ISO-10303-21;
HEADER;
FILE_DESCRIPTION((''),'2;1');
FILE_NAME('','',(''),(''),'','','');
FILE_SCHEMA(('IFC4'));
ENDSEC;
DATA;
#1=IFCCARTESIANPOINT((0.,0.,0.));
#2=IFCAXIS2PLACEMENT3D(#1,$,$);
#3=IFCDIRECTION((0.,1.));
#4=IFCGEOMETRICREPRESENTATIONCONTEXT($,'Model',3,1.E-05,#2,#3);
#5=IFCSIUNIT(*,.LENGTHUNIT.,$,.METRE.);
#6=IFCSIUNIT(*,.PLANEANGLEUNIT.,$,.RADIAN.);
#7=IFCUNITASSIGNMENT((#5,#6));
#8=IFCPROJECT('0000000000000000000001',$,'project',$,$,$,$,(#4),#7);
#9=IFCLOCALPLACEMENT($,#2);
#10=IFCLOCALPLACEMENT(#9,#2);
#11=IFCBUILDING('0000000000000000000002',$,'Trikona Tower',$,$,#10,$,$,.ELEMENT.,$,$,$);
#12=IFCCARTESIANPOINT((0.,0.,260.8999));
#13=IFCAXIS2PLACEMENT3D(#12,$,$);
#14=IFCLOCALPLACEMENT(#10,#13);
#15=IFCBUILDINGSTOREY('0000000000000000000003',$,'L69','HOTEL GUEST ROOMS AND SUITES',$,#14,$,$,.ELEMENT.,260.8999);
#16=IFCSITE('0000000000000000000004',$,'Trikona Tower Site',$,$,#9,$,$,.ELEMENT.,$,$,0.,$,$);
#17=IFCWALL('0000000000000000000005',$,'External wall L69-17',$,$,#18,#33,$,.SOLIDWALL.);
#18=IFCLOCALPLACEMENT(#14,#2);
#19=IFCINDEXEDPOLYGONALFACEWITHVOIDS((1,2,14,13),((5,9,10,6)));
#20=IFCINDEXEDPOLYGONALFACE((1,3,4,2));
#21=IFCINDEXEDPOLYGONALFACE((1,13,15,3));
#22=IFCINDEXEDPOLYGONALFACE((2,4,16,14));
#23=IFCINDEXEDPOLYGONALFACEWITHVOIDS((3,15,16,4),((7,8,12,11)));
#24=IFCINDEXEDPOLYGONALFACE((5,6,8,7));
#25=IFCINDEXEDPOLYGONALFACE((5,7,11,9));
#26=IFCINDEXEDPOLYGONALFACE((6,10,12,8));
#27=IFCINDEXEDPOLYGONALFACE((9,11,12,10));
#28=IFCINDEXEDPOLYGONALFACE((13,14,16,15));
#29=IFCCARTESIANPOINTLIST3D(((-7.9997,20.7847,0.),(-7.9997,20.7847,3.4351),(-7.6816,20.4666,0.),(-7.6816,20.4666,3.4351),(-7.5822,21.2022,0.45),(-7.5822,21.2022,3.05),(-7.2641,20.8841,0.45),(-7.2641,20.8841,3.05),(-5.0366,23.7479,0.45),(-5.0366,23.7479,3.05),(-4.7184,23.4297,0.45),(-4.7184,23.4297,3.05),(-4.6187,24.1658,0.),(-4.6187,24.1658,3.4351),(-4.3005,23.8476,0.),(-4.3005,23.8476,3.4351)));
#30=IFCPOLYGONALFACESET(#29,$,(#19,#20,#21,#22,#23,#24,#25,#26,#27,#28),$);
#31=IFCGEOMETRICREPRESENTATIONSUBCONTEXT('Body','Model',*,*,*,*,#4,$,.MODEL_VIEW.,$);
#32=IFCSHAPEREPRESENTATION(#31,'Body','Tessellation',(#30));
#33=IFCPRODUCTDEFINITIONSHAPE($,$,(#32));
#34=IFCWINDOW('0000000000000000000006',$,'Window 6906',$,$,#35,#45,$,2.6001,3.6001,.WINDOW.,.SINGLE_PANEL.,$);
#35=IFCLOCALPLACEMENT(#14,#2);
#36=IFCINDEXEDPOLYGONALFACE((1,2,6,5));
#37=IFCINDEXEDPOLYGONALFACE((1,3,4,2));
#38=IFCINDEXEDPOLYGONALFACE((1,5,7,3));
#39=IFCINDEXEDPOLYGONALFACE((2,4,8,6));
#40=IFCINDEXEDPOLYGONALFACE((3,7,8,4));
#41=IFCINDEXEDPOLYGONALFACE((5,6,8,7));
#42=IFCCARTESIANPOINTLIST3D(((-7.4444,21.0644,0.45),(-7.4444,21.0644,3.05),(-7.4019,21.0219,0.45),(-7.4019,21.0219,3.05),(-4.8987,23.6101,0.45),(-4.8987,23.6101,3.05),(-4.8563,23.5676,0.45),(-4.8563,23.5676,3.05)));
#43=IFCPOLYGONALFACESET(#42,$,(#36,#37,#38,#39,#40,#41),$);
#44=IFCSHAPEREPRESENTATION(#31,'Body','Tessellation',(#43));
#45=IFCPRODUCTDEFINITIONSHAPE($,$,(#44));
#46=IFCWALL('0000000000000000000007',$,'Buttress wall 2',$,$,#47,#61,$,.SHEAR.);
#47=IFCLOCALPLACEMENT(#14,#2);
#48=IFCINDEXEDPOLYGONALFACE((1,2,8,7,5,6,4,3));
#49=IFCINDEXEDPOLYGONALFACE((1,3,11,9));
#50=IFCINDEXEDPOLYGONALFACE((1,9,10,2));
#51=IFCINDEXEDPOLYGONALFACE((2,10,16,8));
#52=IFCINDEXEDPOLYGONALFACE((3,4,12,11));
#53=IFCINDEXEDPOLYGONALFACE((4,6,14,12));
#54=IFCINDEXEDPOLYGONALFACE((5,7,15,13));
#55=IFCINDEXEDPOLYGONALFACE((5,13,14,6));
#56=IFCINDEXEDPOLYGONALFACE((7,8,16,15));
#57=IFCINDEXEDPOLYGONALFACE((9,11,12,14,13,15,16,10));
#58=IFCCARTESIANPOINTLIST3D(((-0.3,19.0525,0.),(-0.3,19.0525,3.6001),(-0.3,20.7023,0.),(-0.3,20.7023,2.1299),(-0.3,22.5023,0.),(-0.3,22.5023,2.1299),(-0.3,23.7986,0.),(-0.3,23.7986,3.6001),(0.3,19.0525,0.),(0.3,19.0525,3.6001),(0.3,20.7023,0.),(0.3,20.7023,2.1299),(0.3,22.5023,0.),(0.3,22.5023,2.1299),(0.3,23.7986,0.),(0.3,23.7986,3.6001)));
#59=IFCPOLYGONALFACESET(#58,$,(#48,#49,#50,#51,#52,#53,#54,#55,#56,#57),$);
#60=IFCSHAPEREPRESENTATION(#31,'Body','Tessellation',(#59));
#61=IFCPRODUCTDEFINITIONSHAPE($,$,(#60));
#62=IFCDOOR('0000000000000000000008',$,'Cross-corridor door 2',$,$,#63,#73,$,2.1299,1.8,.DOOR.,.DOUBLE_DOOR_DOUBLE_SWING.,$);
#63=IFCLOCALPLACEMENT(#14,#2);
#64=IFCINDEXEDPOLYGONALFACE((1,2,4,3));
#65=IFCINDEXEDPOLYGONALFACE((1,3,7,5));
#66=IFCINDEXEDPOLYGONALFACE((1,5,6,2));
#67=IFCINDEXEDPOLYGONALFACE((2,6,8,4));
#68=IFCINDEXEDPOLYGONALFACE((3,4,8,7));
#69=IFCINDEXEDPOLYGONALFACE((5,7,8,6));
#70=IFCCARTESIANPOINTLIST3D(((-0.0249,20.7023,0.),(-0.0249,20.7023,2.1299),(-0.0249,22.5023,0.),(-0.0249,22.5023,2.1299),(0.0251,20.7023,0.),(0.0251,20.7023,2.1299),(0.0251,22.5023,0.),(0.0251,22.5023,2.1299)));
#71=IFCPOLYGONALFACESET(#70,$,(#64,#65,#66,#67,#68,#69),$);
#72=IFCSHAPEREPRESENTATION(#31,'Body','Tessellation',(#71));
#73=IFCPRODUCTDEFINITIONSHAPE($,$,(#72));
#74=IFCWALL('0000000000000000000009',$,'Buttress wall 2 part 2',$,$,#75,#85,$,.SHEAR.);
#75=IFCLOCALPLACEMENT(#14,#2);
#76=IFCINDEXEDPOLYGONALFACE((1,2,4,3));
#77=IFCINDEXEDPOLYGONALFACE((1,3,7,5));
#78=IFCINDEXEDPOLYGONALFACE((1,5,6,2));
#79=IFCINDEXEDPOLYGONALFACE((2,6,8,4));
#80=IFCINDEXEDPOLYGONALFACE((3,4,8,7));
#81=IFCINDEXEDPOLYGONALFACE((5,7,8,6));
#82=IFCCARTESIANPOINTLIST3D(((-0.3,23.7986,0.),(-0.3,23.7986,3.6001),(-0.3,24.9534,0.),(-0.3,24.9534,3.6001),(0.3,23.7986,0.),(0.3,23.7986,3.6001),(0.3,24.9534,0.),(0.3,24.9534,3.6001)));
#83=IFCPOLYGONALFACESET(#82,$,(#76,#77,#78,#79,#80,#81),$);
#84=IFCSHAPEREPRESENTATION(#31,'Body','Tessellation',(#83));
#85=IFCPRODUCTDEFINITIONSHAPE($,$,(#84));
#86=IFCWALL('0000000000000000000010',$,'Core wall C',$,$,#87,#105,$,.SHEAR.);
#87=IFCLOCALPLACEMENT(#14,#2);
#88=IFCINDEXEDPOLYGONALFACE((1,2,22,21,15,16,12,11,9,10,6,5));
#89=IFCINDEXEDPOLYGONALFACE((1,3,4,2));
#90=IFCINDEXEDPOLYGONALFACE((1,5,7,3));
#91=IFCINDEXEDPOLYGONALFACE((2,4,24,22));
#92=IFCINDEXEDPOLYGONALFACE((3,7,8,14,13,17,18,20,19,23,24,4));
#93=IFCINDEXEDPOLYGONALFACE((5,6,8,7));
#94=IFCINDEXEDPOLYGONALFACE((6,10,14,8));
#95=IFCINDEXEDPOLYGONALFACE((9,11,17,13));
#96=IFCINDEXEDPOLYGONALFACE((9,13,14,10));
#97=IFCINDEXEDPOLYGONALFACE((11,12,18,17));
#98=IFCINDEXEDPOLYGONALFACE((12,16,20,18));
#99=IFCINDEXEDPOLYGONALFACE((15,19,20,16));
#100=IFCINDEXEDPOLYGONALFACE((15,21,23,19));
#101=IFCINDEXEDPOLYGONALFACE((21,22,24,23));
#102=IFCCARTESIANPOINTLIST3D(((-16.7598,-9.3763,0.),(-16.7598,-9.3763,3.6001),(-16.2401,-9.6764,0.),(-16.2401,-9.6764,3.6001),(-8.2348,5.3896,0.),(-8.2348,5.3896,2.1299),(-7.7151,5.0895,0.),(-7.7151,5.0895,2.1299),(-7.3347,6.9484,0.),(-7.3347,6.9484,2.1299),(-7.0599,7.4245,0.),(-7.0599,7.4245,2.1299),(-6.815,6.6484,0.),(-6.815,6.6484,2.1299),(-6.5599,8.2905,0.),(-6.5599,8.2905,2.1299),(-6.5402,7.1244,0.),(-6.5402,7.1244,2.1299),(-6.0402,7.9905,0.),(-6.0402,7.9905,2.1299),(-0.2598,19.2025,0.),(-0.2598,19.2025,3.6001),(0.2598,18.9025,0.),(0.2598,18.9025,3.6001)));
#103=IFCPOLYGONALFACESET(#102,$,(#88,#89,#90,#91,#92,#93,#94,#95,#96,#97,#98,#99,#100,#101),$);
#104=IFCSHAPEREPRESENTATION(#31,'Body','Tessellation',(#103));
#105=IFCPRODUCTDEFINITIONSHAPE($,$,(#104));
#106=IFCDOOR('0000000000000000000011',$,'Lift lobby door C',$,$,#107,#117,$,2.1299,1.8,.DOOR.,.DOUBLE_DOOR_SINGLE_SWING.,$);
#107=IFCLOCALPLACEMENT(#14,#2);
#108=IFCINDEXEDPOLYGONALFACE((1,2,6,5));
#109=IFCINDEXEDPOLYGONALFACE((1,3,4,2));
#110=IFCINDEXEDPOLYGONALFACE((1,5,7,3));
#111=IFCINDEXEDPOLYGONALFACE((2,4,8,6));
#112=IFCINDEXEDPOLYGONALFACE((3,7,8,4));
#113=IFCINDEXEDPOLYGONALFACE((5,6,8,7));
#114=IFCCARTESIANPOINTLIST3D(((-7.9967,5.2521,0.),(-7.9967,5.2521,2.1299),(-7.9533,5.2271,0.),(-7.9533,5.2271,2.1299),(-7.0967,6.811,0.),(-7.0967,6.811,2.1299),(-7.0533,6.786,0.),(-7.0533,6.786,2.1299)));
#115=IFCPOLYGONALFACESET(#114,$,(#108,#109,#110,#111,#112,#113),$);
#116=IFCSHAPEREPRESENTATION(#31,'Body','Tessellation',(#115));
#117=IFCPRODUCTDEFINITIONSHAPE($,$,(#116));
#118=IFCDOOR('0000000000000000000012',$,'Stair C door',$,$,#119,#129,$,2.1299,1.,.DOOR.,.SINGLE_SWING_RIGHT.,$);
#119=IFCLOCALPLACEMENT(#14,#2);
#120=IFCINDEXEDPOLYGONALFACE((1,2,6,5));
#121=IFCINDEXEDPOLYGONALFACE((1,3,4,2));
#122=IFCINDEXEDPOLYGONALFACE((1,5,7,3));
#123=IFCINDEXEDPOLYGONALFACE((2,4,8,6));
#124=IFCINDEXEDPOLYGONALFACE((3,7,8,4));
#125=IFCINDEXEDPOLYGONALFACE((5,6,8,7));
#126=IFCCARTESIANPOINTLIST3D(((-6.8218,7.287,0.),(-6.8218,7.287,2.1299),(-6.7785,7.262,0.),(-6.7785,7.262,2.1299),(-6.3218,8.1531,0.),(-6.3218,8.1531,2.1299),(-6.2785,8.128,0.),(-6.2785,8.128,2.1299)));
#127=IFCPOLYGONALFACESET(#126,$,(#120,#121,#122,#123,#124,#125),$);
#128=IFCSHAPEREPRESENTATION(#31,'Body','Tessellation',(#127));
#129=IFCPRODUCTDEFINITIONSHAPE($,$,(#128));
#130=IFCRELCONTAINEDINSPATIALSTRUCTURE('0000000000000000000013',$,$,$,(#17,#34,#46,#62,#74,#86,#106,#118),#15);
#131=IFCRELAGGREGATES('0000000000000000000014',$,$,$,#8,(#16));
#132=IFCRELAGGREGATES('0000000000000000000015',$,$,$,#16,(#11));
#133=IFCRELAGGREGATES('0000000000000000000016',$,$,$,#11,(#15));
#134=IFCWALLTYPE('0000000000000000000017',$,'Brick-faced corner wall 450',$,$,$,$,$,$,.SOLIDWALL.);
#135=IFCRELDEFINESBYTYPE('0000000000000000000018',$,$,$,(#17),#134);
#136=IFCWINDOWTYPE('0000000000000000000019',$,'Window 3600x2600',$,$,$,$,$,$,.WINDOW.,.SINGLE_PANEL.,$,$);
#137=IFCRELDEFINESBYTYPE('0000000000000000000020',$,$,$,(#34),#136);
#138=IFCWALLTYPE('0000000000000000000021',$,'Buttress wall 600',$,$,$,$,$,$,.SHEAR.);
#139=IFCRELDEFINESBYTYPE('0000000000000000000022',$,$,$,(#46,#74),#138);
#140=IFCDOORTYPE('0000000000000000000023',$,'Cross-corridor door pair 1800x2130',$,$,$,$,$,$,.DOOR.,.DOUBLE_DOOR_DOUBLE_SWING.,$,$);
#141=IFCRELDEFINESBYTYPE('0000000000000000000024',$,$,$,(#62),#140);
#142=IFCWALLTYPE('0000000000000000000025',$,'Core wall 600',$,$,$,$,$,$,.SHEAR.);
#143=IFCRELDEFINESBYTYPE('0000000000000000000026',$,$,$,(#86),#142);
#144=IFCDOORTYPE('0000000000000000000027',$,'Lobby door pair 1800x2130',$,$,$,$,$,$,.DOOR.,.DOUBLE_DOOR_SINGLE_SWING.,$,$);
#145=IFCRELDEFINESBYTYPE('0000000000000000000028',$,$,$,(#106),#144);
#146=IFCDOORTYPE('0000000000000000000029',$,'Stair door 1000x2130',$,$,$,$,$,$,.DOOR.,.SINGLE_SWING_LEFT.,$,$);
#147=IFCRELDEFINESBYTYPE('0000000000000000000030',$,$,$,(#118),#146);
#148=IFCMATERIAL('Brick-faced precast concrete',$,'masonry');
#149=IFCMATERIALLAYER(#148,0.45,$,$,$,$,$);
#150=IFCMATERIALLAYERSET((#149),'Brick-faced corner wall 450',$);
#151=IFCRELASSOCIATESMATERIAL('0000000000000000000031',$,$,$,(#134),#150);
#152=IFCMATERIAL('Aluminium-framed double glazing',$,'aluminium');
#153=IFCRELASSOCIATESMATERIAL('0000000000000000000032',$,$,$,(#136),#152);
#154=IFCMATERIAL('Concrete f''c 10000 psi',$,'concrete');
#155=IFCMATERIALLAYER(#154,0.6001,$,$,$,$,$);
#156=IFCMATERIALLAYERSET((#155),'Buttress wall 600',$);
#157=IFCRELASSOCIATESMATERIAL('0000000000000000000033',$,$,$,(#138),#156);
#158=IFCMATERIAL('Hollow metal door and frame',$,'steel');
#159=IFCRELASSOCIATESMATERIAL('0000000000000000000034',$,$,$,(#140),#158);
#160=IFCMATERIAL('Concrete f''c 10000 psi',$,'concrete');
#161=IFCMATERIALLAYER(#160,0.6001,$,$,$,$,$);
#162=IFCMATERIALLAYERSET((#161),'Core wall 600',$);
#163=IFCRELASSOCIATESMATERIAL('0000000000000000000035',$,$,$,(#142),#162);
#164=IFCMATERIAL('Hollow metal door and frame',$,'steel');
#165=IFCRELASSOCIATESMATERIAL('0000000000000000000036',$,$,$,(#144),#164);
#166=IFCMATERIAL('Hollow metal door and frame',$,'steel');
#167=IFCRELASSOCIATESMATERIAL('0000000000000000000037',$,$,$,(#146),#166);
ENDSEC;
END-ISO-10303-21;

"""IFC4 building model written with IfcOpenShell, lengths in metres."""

from ifc_helpers import new_model, si_unit, direction, frame, frame_2d, origin, place, context, subcontext, project, spatial, rectangle, extrude, material, layer, layer_set, type_object, element, fill, save


model = new_model("IFC4")

# Units and contexts
model_context = context("Model", 3, precision=1e-05, world=origin(), true_north=direction((0.0, 1.0)))
body_context = subcontext(model_context, "Body", "Model", "MODEL_VIEW")
ifc_project = project(units=[si_unit("LENGTHUNIT", "METRE"), si_unit("PLANEANGLEUNIT", "RADIAN")], contexts=[model_context])

# Site, building, storey
site_placement = place(None, origin())
site = spatial("IfcSite", under=ifc_project, at=site_placement, Name="Trikona Tower Site", CompositionType="ELEMENT", RefElevation=0.0)
building_placement = place(site_placement, origin())
building = spatial("IfcBuilding", under=site, at=building_placement, Name="Trikona Tower", CompositionType="ELEMENT")
storey_placement = place(building_placement, frame((0.0, 0.0, 260.8999)))
storey = spatial("IfcBuildingStorey", under=building, at=storey_placement, Name="L69", Description="HOTEL GUEST ROOMS AND SUITES", CompositionType="ELEMENT", Elevation=260.8999)

# Wall, opening, window
ifc_material_1 = material(Name="Brick-faced precast concrete", Category="masonry")
ifc_layer_1 = layer(ifc_material_1, 0.45)
ifc_layer_set_1 = layer_set([ifc_layer_1], Name="Brick-faced corner wall 450")
wall_type_1 = type_object("IfcWallType", Name="Brick-faced corner wall 450", PredefinedType="SOLIDWALL", material=ifc_layer_set_1)
wall_1_placement = place(storey_placement, frame((-4.4597, 24.0066, 0.0), z_axis=(0.0, 0.0, 1.0), x_axis=(-0.707107, -0.707107, 0.0)))
wall_1 = element("IfcWall", 1, at=wall_1_placement, inside=storey, type_object=wall_type_1, Name="External wall L69-17", PredefinedType="SOLIDWALL", context=body_context, shape_type="SweptSolid", body=[
    extrude(rectangle(XDim=4.7815, YDim=0.45, at=frame_2d((2.3906, 0.0))), origin(), (0.0, 0.0, 1.0), 3.4351),
])
opening_1_placement = place(wall_1_placement, frame((0.5908, 0.0, 0.45)))
opening_1 = element("IfcOpeningElement", 2, at=opening_1_placement, cuts=wall_1, PredefinedType="OPENING", context=body_context, shape_type="SweptSolid", body=[
    extrude(rectangle(XDim=3.6001, YDim=2.6001, at=frame_2d((1.8, 1.3))), frame((0.0, 0.2349, 0.0), z_axis=(0.0, -1.0, 0.0), x_axis=(1.0, 0.0, 0.0)), (0.0, 0.0, 1.0), 0.47),
])
ifc_material_2 = material(Name="Aluminium-framed double glazing", Category="aluminium")
window_type_1 = type_object("IfcWindowType", Name="Window 3600x2600", PartitioningType="SINGLE_PANEL", PredefinedType="WINDOW", material=ifc_material_2)
window_1_placement = place(opening_1_placement, origin())
window_1 = element("IfcWindow", 3, at=window_1_placement, inside=storey, type_object=window_type_1, Name="Window 6906", OverallHeight=2.6001, OverallWidth=3.6001, PartitioningType="SINGLE_PANEL", PredefinedType="WINDOW", context=body_context, shape_type="SweptSolid", body=[
    extrude(rectangle(XDim=3.6001, YDim=2.6001, at=frame_2d((1.8, 1.3))), frame((0.0, 0.03, 0.0), z_axis=(0.0, -1.0, 0.0), x_axis=(1.0, 0.0, 0.0)), (0.0, 0.0, 1.0), 0.0601),
])
fill(opening_1, window_1)

# Wall, opening, door
ifc_material_3 = material(Name="Concrete f'c 10000 psi", Category="concrete")
ifc_layer_2 = layer(ifc_material_3, 0.6001)
ifc_layer_set_2 = layer_set([ifc_layer_2], Name="Buttress wall 600")
wall_type_2 = type_object("IfcWallType", Name="Buttress wall 600", PredefinedType="SHEAR", material=ifc_layer_set_2)
wall_2_placement = place(storey_placement, frame((0.0, 19.0525, 0.0), z_axis=(0.0, 0.0, 1.0), x_axis=(0.0, 1.0, 0.0)))
wall_2 = element("IfcWall", 4, at=wall_2_placement, inside=storey, type_object=wall_type_2, Name="Buttress wall 2", PredefinedType="SHEAR", context=body_context, shape_type="SweptSolid", body=[
    extrude(rectangle(XDim=4.7461, YDim=0.6001, at=frame_2d((2.373, 0.0))), origin(), (0.0, 0.0, 1.0), 3.6001),
])
opening_2_placement = place(wall_2_placement, frame((1.6499, 0.0, 0.0)))
opening_2 = element("IfcOpeningElement", 5, at=opening_2_placement, cuts=wall_2, PredefinedType="OPENING", context=body_context, shape_type="SweptSolid", body=[
    extrude(rectangle(XDim=1.8, YDim=2.1299, at=frame_2d((0.8999, 1.0649))), frame((0.0, 0.3101, 0.0), z_axis=(0.0, -1.0, 0.0), x_axis=(1.0, 0.0, 0.0)), (0.0, 0.0, 1.0), 0.6201),
])
ifc_material_4 = material(Name="Hollow metal door and frame", Category="steel")
door_type_1 = type_object("IfcDoorType", Name="Cross-corridor door pair 1800x2130", OperationType="DOUBLE_DOOR_DOUBLE_SWING", PredefinedType="DOOR", material=ifc_material_4)
door_1_placement = place(opening_2_placement, origin())
door_1 = element("IfcDoor", 6, at=door_1_placement, inside=storey, type_object=door_type_1, Name="Cross-corridor door 2", OperationType="DOUBLE_DOOR_DOUBLE_SWING", OverallHeight=2.1299, OverallWidth=1.8, PredefinedType="DOOR", context=body_context, shape_type="SweptSolid", body=[
    extrude(rectangle(XDim=1.8, YDim=2.1299, at=frame_2d((0.8999, 1.0649))), frame((0.0, 0.0249, 0.0), z_axis=(0.0, -1.0, 0.0), x_axis=(1.0, 0.0, 0.0)), (0.0, 0.0, 1.0), 0.05),
])
fill(opening_2, door_1)

# Wall
wall_3_placement = place(storey_placement, frame((0.0, 23.7986, 0.0), z_axis=(0.0, 0.0, 1.0), x_axis=(0.0, 1.0, 0.0)))
element("IfcWall", 7, at=wall_3_placement, inside=storey, type_object=wall_type_2, Name="Buttress wall 2 part 2", PredefinedType="SHEAR", context=body_context, shape_type="SweptSolid", body=[
    extrude(rectangle(XDim=1.1548, YDim=0.6001, at=frame_2d((0.5774, 0.0))), origin(), (0.0, 0.0, 1.0), 3.6001),
])

# Wall, openings, doors
ifc_material_5 = material(Name="Concrete f'c 10000 psi", Category="concrete")
ifc_layer_3 = layer(ifc_material_5, 0.6001)
ifc_layer_set_3 = layer_set([ifc_layer_3], Name="Core wall 600")
wall_type_3 = type_object("IfcWallType", Name="Core wall 600", PredefinedType="SHEAR", material=ifc_layer_set_3)
wall_4_placement = place(storey_placement, frame((0.0, 19.0525, 0.0), z_axis=(0.0, 0.0, 1.0), x_axis=(-0.5, -0.866026, 0.0)))
wall_4 = element("IfcWall", 8, at=wall_4_placement, inside=storey, type_object=wall_type_3, Name="Core wall C", PredefinedType="SHEAR", context=body_context, shape_type="SweptSolid", body=[
    extrude(rectangle(XDim=33.0, YDim=0.6001, at=frame_2d((16.5, 0.0))), origin(), (0.0, 0.0, 1.0), 3.6001),
])
opening_3_placement = place(wall_4_placement, frame((14.1499, 0.0, 0.0)))
opening_3 = element("IfcOpeningElement", 9, at=opening_3_placement, cuts=wall_4, PredefinedType="OPENING", context=body_context, shape_type="SweptSolid", body=[
    extrude(rectangle(XDim=1.8, YDim=2.1299, at=frame_2d((0.8999, 1.0649))), frame((0.0, 0.3101, 0.0), z_axis=(0.0, -1.0, 0.0), x_axis=(1.0, 0.0, 0.0)), (0.0, 0.0, 1.0), 0.6201),
])
opening_4_placement = place(wall_4_placement, frame((12.6001, 0.0, 0.0)))
opening_4 = element("IfcOpeningElement", 10, at=opening_4_placement, cuts=wall_4, PredefinedType="OPENING", context=body_context, shape_type="SweptSolid", body=[
    extrude(rectangle(XDim=1.0, YDim=2.1299, at=frame_2d((0.5, 1.0649))), frame((0.0, 0.3101, 0.0), z_axis=(0.0, -1.0, 0.0), x_axis=(1.0, 0.0, 0.0)), (0.0, 0.0, 1.0), 0.6201),
])
ifc_material_6 = material(Name="Hollow metal door and frame", Category="steel")
door_type_2 = type_object("IfcDoorType", Name="Lobby door pair 1800x2130", OperationType="DOUBLE_DOOR_SINGLE_SWING", PredefinedType="DOOR", material=ifc_material_6)
door_2_placement = place(opening_3_placement, origin())
door_2 = element("IfcDoor", 11, at=door_2_placement, inside=storey, type_object=door_type_2, Name="Lift lobby door C", OperationType="DOUBLE_DOOR_SINGLE_SWING", OverallHeight=2.1299, OverallWidth=1.8, PredefinedType="DOOR", context=body_context, shape_type="SweptSolid", body=[
    extrude(rectangle(XDim=1.8, YDim=2.1299, at=frame_2d((0.8999, 1.0649))), frame((0.0, 0.0249, 0.0), z_axis=(0.0, -1.0, 0.0), x_axis=(1.0, 0.0, 0.0)), (0.0, 0.0, 1.0), 0.05),
])
fill(opening_3, door_2)
ifc_material_7 = material(Name="Hollow metal door and frame", Category="steel")
door_type_3 = type_object("IfcDoorType", Name="Stair door 1000x2130", OperationType="SINGLE_SWING_LEFT", PredefinedType="DOOR", material=ifc_material_7)
door_3_placement = place(opening_4_placement, origin())
door_3 = element("IfcDoor", 12, at=door_3_placement, inside=storey, type_object=door_type_3, Name="Stair C door", OperationType="SINGLE_SWING_RIGHT", OverallHeight=2.1299, OverallWidth=1.0, PredefinedType="DOOR", context=body_context, shape_type="SweptSolid", body=[
    extrude(rectangle(XDim=1.0, YDim=2.1299, at=frame_2d((0.5, 1.0649))), frame((0.0, 0.0249, 0.0), z_axis=(0.0, -1.0, 0.0), x_axis=(1.0, 0.0, 0.0)), (0.0, 0.0, 1.0), 0.05),
])
fill(opening_4, door_3)

save(model, "model.ifc")
